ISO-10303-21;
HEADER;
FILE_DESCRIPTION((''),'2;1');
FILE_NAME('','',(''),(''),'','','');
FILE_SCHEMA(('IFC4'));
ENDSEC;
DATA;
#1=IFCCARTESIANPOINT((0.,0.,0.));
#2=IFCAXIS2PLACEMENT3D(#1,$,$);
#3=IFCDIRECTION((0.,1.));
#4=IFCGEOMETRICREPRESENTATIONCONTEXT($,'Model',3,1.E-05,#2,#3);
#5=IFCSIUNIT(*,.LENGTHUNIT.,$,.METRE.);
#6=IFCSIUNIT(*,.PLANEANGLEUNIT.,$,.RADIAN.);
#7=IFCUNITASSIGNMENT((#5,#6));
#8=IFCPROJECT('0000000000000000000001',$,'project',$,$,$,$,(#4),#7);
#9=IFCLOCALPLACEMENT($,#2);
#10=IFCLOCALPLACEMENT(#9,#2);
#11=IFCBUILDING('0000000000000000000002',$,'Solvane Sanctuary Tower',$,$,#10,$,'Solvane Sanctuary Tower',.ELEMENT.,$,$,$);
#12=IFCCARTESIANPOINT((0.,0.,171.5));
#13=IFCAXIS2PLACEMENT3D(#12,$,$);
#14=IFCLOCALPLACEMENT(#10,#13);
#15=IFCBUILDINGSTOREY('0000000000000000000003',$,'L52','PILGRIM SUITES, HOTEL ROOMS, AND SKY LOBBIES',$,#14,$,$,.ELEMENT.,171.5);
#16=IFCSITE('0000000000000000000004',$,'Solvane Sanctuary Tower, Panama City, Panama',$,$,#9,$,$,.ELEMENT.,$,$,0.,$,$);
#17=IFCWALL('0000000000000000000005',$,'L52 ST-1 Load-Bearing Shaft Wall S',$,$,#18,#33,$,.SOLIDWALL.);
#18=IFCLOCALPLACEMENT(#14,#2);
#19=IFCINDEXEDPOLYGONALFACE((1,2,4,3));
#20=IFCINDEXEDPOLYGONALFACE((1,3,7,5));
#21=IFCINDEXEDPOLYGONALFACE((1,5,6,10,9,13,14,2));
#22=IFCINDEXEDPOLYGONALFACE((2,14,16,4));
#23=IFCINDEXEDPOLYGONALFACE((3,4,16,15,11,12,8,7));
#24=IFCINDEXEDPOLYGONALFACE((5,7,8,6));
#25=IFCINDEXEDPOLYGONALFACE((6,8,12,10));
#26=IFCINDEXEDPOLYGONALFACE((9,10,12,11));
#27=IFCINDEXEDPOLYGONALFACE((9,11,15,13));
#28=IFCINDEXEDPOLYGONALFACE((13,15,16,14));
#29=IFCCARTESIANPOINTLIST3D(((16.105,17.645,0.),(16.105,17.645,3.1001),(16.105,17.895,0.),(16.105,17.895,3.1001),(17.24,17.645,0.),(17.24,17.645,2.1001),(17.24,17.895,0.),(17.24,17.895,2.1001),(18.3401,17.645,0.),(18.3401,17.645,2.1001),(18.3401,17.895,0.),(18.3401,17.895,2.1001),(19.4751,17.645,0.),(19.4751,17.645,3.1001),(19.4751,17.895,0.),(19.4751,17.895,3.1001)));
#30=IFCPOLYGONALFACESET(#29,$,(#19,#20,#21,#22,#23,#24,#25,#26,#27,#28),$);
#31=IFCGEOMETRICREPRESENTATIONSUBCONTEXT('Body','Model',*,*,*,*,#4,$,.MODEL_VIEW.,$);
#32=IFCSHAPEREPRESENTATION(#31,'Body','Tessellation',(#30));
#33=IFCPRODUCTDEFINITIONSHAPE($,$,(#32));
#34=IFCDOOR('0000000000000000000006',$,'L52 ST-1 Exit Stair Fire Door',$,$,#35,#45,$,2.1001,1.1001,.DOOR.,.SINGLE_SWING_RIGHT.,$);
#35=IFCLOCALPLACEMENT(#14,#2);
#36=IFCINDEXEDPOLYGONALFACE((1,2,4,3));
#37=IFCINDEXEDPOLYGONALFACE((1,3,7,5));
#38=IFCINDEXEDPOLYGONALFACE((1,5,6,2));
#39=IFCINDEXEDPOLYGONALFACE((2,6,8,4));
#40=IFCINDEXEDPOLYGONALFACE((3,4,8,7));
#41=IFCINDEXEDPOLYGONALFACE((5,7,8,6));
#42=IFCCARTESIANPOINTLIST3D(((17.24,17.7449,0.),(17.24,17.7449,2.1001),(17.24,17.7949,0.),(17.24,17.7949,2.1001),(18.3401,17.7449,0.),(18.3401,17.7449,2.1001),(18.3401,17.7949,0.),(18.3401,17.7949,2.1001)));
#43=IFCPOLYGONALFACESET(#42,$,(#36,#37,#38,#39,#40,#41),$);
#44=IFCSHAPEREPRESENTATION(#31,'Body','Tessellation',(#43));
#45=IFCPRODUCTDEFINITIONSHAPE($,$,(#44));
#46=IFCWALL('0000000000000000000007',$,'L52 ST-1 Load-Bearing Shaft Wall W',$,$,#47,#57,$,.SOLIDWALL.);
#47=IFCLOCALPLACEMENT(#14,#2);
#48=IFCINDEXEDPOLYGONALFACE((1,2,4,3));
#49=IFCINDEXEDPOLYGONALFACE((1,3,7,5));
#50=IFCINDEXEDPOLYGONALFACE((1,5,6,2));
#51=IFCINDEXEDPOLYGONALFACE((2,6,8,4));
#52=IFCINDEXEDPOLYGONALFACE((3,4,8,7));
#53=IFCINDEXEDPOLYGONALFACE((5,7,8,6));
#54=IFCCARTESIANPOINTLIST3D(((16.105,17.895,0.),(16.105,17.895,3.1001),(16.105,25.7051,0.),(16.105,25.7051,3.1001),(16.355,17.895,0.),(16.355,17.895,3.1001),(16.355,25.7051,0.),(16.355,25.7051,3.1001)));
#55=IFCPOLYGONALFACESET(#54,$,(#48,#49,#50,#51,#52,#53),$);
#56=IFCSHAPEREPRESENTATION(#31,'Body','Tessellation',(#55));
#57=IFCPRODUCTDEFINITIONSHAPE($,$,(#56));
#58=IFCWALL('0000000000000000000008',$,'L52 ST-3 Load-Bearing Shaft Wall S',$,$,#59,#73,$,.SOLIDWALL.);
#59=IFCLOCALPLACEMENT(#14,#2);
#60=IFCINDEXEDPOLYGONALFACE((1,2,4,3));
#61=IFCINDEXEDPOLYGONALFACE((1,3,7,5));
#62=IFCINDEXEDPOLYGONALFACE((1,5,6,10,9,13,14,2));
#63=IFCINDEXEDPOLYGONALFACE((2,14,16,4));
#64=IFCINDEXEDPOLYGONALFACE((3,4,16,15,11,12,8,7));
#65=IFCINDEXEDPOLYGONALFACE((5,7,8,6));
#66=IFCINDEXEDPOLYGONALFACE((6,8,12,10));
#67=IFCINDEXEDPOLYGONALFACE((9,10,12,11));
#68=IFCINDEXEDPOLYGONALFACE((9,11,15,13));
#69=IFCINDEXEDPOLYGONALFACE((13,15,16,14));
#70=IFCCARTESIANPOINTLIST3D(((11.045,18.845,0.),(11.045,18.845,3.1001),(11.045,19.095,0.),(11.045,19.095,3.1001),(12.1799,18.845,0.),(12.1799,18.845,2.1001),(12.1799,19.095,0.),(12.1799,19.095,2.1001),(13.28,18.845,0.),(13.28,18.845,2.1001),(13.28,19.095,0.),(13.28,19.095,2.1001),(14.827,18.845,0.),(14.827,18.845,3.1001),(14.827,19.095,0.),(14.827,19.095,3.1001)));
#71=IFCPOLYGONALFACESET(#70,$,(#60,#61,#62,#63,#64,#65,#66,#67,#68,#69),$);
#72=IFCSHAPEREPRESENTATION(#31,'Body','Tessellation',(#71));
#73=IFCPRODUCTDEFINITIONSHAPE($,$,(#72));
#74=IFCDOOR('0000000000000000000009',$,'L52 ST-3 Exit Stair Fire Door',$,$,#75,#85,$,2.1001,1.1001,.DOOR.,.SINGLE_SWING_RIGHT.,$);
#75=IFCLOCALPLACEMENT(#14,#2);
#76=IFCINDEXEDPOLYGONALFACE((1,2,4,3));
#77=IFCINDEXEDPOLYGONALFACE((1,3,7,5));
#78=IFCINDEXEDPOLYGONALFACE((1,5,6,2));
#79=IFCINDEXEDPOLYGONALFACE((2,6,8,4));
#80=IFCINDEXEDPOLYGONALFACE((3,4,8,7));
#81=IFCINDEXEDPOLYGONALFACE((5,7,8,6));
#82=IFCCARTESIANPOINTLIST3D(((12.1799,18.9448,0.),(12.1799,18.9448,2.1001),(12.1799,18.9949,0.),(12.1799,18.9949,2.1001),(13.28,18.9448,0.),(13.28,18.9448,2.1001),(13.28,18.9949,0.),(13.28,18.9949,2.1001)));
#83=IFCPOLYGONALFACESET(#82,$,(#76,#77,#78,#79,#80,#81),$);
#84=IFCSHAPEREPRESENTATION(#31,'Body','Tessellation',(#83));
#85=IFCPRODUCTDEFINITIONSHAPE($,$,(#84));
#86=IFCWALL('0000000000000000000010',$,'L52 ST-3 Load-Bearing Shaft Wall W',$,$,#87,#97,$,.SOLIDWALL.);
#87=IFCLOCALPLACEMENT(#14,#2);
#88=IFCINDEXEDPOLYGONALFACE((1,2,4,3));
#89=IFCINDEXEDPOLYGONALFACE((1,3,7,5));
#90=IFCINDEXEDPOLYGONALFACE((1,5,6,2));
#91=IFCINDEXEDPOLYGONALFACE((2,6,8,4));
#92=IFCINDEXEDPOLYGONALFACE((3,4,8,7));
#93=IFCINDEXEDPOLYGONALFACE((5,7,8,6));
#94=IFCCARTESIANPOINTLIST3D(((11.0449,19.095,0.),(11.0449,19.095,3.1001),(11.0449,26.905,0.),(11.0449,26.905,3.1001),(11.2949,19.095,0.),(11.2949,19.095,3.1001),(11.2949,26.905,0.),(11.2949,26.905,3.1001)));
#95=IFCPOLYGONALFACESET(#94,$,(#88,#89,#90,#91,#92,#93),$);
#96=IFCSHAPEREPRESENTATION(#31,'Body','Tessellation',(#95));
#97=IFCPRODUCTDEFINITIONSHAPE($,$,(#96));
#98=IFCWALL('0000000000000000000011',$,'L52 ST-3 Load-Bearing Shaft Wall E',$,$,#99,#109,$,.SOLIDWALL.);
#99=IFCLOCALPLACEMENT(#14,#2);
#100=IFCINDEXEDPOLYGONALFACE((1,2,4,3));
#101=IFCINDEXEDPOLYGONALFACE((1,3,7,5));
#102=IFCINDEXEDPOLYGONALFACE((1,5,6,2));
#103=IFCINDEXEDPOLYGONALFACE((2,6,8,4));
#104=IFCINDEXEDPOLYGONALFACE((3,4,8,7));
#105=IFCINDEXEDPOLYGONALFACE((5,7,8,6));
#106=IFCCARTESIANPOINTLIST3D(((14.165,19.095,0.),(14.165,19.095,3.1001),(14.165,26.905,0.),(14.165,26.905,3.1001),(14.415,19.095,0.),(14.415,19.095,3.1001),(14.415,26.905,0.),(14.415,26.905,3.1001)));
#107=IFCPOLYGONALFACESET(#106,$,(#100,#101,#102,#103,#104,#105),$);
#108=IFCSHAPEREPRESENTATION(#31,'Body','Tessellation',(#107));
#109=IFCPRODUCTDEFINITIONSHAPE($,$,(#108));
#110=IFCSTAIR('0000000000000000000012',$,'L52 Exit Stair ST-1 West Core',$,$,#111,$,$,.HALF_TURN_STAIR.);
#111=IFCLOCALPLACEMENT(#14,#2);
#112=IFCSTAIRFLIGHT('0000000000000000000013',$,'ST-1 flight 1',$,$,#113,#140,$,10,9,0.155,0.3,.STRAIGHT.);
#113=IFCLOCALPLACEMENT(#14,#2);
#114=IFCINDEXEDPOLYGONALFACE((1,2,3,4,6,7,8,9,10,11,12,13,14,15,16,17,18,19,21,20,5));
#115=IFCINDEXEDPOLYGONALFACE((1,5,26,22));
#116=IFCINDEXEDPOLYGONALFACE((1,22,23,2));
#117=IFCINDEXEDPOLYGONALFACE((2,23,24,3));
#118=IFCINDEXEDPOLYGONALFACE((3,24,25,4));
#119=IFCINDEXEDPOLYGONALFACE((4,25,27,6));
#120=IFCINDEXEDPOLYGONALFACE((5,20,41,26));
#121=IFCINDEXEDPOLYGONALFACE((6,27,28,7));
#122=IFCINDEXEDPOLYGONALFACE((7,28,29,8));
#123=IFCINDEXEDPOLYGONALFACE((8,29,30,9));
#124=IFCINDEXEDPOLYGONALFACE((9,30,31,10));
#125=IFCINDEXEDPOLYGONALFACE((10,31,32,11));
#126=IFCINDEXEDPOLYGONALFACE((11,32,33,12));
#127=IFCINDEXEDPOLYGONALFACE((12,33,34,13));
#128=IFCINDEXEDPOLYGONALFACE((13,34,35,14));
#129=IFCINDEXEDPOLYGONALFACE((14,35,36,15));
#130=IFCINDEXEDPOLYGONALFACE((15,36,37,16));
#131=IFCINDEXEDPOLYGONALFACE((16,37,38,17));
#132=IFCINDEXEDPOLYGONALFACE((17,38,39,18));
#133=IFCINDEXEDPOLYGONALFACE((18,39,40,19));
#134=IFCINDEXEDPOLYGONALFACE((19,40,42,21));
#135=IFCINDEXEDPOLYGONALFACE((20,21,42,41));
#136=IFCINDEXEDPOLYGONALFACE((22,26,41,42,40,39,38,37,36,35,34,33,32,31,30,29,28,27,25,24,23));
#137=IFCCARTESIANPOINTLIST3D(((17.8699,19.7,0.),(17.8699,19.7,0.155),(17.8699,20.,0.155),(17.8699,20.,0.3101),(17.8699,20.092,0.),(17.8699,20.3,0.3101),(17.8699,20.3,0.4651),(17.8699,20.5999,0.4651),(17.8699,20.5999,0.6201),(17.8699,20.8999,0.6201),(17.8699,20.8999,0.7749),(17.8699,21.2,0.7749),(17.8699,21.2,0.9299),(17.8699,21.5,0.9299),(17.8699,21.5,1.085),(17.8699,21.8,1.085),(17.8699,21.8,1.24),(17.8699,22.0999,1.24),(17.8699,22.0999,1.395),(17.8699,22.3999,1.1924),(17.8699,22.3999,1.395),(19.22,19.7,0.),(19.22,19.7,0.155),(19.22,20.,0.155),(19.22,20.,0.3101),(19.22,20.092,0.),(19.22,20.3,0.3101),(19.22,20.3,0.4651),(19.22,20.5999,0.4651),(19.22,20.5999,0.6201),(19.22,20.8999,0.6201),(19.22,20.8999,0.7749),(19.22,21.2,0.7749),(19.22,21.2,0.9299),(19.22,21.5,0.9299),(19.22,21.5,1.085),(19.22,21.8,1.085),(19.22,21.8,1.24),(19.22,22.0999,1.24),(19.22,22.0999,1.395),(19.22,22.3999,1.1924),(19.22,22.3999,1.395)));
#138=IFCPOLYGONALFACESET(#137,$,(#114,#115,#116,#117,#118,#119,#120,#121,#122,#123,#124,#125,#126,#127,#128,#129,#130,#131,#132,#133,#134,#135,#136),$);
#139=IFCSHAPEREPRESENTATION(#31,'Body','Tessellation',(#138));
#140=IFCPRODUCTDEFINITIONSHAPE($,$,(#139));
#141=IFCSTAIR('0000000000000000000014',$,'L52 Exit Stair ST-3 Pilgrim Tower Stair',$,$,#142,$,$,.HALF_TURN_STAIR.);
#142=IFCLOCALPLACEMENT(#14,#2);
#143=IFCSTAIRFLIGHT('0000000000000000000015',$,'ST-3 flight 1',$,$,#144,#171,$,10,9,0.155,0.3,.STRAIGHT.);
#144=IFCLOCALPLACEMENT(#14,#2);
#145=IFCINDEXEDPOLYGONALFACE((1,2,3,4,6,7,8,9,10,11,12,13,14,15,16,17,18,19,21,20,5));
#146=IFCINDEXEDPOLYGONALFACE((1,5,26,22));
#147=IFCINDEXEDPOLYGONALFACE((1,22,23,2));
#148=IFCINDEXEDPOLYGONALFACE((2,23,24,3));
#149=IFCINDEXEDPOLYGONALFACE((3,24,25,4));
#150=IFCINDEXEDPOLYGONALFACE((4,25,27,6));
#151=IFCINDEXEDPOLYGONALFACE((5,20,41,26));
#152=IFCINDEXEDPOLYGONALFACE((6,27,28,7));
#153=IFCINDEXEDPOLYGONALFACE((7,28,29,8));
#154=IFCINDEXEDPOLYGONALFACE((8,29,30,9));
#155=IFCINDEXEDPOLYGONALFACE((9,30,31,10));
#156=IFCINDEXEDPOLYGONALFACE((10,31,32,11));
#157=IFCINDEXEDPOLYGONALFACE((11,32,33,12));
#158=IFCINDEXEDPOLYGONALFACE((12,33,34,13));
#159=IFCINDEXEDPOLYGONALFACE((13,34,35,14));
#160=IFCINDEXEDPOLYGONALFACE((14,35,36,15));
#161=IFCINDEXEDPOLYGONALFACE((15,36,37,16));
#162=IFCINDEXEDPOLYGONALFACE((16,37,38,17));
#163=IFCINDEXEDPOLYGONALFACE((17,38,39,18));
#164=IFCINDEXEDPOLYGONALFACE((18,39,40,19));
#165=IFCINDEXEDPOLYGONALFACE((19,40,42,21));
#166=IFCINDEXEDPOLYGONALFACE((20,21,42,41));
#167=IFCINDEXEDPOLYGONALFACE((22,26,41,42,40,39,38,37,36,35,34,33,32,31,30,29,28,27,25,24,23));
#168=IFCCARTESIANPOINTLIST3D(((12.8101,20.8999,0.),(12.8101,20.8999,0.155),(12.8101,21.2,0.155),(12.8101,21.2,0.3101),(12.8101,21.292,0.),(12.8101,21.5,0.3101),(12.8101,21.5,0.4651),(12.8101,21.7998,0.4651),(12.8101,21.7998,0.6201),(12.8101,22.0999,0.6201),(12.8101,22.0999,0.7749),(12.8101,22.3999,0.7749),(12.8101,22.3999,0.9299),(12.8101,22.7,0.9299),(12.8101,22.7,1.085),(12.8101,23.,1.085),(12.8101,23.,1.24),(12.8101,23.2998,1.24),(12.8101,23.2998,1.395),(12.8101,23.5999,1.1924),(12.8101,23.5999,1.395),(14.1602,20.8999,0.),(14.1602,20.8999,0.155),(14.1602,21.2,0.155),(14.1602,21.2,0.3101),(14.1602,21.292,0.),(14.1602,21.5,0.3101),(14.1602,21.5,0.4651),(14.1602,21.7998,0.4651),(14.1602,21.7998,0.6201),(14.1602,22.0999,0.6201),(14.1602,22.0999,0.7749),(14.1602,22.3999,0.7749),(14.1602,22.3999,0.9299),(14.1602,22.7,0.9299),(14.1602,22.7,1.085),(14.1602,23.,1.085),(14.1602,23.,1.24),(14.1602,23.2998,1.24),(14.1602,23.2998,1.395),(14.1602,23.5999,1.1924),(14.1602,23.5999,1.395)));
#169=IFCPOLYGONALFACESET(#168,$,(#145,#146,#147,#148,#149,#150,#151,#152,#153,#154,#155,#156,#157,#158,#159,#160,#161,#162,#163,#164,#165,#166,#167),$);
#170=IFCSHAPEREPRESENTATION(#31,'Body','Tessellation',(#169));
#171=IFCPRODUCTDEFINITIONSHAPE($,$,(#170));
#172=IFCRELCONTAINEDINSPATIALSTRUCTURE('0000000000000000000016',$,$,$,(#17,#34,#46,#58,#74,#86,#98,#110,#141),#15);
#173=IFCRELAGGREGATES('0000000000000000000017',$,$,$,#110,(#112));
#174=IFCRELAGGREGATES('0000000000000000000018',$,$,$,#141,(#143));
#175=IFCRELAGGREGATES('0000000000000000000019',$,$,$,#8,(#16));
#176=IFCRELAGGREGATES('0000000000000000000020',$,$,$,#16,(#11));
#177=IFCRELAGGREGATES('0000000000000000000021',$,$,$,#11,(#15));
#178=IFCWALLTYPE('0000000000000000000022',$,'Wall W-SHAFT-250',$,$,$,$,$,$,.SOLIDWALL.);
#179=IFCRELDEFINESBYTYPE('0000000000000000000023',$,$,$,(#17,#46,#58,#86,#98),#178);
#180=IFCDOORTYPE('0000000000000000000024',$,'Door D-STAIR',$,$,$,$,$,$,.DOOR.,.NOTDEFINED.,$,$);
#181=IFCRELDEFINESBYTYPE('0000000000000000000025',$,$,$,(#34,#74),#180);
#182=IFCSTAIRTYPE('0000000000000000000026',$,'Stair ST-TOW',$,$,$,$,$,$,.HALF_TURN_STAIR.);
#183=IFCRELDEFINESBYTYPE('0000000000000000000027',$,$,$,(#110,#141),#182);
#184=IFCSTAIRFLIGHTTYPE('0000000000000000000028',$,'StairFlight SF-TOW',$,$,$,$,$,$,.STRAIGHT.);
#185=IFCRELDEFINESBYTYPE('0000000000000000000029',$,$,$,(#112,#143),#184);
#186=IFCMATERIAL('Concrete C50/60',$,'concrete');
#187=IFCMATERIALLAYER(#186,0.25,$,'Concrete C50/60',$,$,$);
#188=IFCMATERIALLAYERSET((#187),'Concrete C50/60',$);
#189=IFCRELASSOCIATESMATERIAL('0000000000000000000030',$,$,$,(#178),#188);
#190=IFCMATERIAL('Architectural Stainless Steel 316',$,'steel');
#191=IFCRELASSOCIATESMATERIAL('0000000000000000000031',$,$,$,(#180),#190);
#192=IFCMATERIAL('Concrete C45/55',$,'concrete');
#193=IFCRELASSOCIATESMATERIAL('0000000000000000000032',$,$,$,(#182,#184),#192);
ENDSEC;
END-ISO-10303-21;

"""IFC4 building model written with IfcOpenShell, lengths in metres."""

from ifc_helpers import new_model, si_unit, direction, frame, frame_2d, origin, place, context, subcontext, project, spatial, polyline, rectangle, outline, extrude, material, layer, layer_set, type_object, element, fill, aggregate, save


model = new_model("IFC4")

# Units and contexts
model_context = context("Model", 3, precision=1e-05, world=origin(), true_north=direction((0.0, 1.0)))
body_context = subcontext(model_context, "Body", "Model", "MODEL_VIEW")
ifc_project = project(units=[si_unit("LENGTHUNIT", "METRE"), si_unit("PLANEANGLEUNIT", "RADIAN")], contexts=[model_context])

# Site, building, storey
site_placement = place(None, origin())
site = spatial("IfcSite", under=ifc_project, at=site_placement, Name="Solvane Sanctuary Tower, Panama City, Panama", CompositionType="ELEMENT", RefElevation=0.0)
building_placement = place(site_placement, origin())
building = spatial("IfcBuilding", under=site, at=building_placement, Name="Solvane Sanctuary Tower", LongName="Solvane Sanctuary Tower", CompositionType="ELEMENT")
storey_placement = place(building_placement, frame((0.0, 0.0, 171.5)))
storey = spatial("IfcBuildingStorey", under=building, at=storey_placement, Name="L52", Description="PILGRIM SUITES, HOTEL ROOMS, AND SKY LOBBIES", CompositionType="ELEMENT", Elevation=171.5)

# Shared definitions
ifc_material_1 = material(Name="Architectural Stainless Steel 316", Category="steel")

# Wall, opening, door
ifc_material_2 = material(Name="Concrete C50/60", Category="concrete")
ifc_layer_1 = layer(ifc_material_2, 0.25, Name="Concrete C50/60")
ifc_layer_set_1 = layer_set([ifc_layer_1], Name="Concrete C50/60")
wall_type_1 = type_object("IfcWallType", Name="Wall W-SHAFT-250", PredefinedType="SOLIDWALL", material=ifc_layer_set_1)
wall_1_placement = place(storey_placement, frame((16.105, 17.77, 0.0), z_axis=(0.0, 0.0, 1.0), x_axis=(1.0, 0.0, 0.0)))
wall_1 = element("IfcWall", 1, at=wall_1_placement, inside=storey, type_object=wall_type_1, Name="L52 ST-1 Load-Bearing Shaft Wall S", PredefinedType="SOLIDWALL", context=body_context, shape_type="SweptSolid", body=[
    extrude(rectangle(XDim=3.3701, YDim=0.25, at=frame_2d((1.6851, 0.0))), origin(), (0.0, 0.0, 1.0), 3.1001),
])
opening_1_placement = place(wall_1_placement, frame((1.135, 0.0, 0.0)))
opening_1 = element("IfcOpeningElement", 2, at=opening_1_placement, cuts=wall_1, PredefinedType="OPENING", context=body_context, shape_type="SweptSolid", body=[
    extrude(rectangle(XDim=1.1001, YDim=2.1001, at=frame_2d((0.55, 1.05))), frame((0.0, 0.135, 0.0), z_axis=(0.0, -1.0, 0.0), x_axis=(1.0, 0.0, 0.0)), (0.0, 0.0, 1.0), 0.27),
])
door_type_1 = type_object("IfcDoorType", Name="Door D-STAIR", OperationType="NOTDEFINED", PredefinedType="DOOR", material=ifc_material_1)
door_1_placement = place(opening_1_placement, origin())
door_1 = element("IfcDoor", 3, at=door_1_placement, inside=storey, type_object=door_type_1, Name="L52 ST-1 Exit Stair Fire Door", OperationType="SINGLE_SWING_RIGHT", OverallHeight=2.1001, OverallWidth=1.1001, PredefinedType="DOOR", context=body_context, shape_type="SweptSolid", body=[
    extrude(rectangle(XDim=1.1001, YDim=2.1001, at=frame_2d((0.55, 1.05))), frame((0.0, 0.0249, 0.0), z_axis=(0.0, -1.0, 0.0), x_axis=(1.0, 0.0, 0.0)), (0.0, 0.0, 1.0), 0.05),
])
fill(opening_1, door_1)

# Wall
wall_2_placement = place(storey_placement, frame((16.23, 17.895, 0.0), z_axis=(0.0, 0.0, 1.0), x_axis=(0.0, 1.0, 0.0)))
element("IfcWall", 4, at=wall_2_placement, inside=storey, type_object=wall_type_1, Name="L52 ST-1 Load-Bearing Shaft Wall W", PredefinedType="SOLIDWALL", context=body_context, shape_type="SweptSolid", body=[
    extrude(rectangle(XDim=7.8101, YDim=0.25, at=frame_2d((3.905, 0.0))), origin(), (0.0, 0.0, 1.0), 3.1001),
])

# Wall, opening, door
wall_3_placement = place(storey_placement, frame((11.0449, 18.97, 0.0), z_axis=(0.0, 0.0, 1.0), x_axis=(1.0, 0.0, 0.0)))
wall_3 = element("IfcWall", 5, at=wall_3_placement, inside=storey, type_object=wall_type_1, Name="L52 ST-3 Load-Bearing Shaft Wall S", PredefinedType="SOLIDWALL", context=body_context, shape_type="SweptSolid", body=[
    extrude(rectangle(XDim=3.782, YDim=0.25, at=frame_2d((1.8911, 0.0))), origin(), (0.0, 0.0, 1.0), 3.1001),
])
opening_2_placement = place(wall_3_placement, frame((1.135, 0.0, 0.0)))
opening_2 = element("IfcOpeningElement", 6, at=opening_2_placement, cuts=wall_3, PredefinedType="OPENING", context=body_context, shape_type="SweptSolid", body=[
    extrude(rectangle(XDim=1.1001, YDim=2.1001, at=frame_2d((0.55, 1.05))), frame((0.0, 0.135, 0.0), z_axis=(0.0, -1.0, 0.0), x_axis=(1.0, 0.0, 0.0)), (0.0, 0.0, 1.0), 0.27),
])
door_2_placement = place(opening_2_placement, origin())
door_2 = element("IfcDoor", 7, at=door_2_placement, inside=storey, type_object=door_type_1, Name="L52 ST-3 Exit Stair Fire Door", OperationType="SINGLE_SWING_RIGHT", OverallHeight=2.1001, OverallWidth=1.1001, PredefinedType="DOOR", context=body_context, shape_type="SweptSolid", body=[
    extrude(rectangle(XDim=1.1001, YDim=2.1001, at=frame_2d((0.55, 1.05))), frame((0.0, 0.0249, 0.0), z_axis=(0.0, -1.0, 0.0), x_axis=(1.0, 0.0, 0.0)), (0.0, 0.0, 1.0), 0.05),
])
fill(opening_2, door_2)

# Walls
for number, where, z_axis, x_axis, name in (
    (8, (11.1699, 19.095, 0.0), (0.0, 0.0, 1.0), (0.0, 1.0, 0.0), "L52 ST-3 Load-Bearing Shaft Wall W"),
    (9, (14.29, 19.095, 0.0), (0.0, 0.0, 1.0), (0.0, 1.0, 0.0), "L52 ST-3 Load-Bearing Shaft Wall E"),
):
    element("IfcWall", number, at=place(storey_placement, frame(where, z_axis=z_axis, x_axis=x_axis)), inside=storey, type_object=wall_type_1, Name=name, PredefinedType="SOLIDWALL", context=body_context, shape_type="SweptSolid", body=[
        extrude(rectangle(XDim=7.8101, YDim=0.25, at=frame_2d((3.905, 0.0))), origin(), (0.0, 0.0, 1.0), 3.1001),
    ])

# Stairs, stair flights
ifc_material_3 = material(Name="Concrete C45/55", Category="concrete")
stair_type = type_object("IfcStairType", Name="Stair ST-TOW", PredefinedType="HALF_TURN_STAIR", material=ifc_material_3)
stair_1_placement = place(storey_placement, origin())
stair_1 = element("IfcStair", 10, at=stair_1_placement, inside=storey, type_object=stair_type, Name="L52 Exit Stair ST-1 West Core", PredefinedType="HALF_TURN_STAIR")
stair_flight_type = type_object("IfcStairFlightType", Name="StairFlight SF-TOW", PredefinedType="STRAIGHT", material=ifc_material_3)
stair_flight_1_placement = place(storey_placement, frame((18.5449, 19.7, 0.0), z_axis=(0.0, 0.0, 1.0), x_axis=(0.0, 1.0, 0.0)))
stair_flight_1 = element("IfcStairFlight", 11, at=stair_flight_1_placement, type_object=stair_flight_type, Name="ST-1 flight 1", NumberOfRisers=10, NumberOfTreads=9, PredefinedType="STRAIGHT", RiserHeight=0.155, TreadLength=0.3, context=body_context, shape_type="SweptSolid", body=[
    extrude(outline(polyline([(0.0, 0.0), (0.0, 0.155), (0.3, 0.155), (0.3, 0.3101), (0.6001, 0.3101), (0.6001, 0.4651), (0.8999, 0.4651), (0.8999, 0.6201), (1.2, 0.6201), (1.2, 0.7749), (1.5, 0.7749), (1.5, 0.9299), (1.8, 0.9299), (1.8, 1.085), (2.1001, 1.085), (2.1001, 1.24), (2.3999, 1.24), (2.3999, 1.395), (2.7, 1.395), (2.7, 1.55), (2.7, 1.1924), (0.3921, 0.0), (0.0, 0.0)])), frame((0.0, 0.675, 0.0), z_axis=(0.0, -1.0, 0.0), x_axis=(1.0, 0.0, 0.0)), (0.0, 0.0, 1.0), 1.3501),
])
aggregate(stair_1, [stair_flight_1])
stair_2_placement = place(storey_placement, origin())
stair_2 = element("IfcStair", 12, at=stair_2_placement, inside=storey, type_object=stair_type, Name="L52 Exit Stair ST-3 Pilgrim Tower Stair", PredefinedType="HALF_TURN_STAIR")
stair_flight_2_placement = place(storey_placement, frame((13.4851, 20.8999, 0.0), z_axis=(0.0, 0.0, 1.0), x_axis=(0.0, 1.0, 0.0)))
stair_flight_2 = element("IfcStairFlight", 13, at=stair_flight_2_placement, type_object=stair_flight_type, Name="ST-3 flight 1", NumberOfRisers=10, NumberOfTreads=9, PredefinedType="STRAIGHT", RiserHeight=0.155, TreadLength=0.3, context=body_context, shape_type="SweptSolid", body=[
    extrude(outline(polyline([(0.0, 0.0), (0.0, 0.155), (0.3, 0.155), (0.3, 0.3101), (0.6001, 0.3101), (0.6001, 0.4651), (0.8999, 0.4651), (0.8999, 0.6201), (1.2, 0.6201), (1.2, 0.7749), (1.5, 0.7749), (1.5, 0.9299), (1.8, 0.9299), (1.8, 1.085), (2.1001, 1.085), (2.1001, 1.24), (2.3999, 1.24), (2.3999, 1.395), (2.7, 1.395), (2.7, 1.55), (2.7, 1.1924), (0.3921, 0.0), (0.0, 0.0)])), frame((0.0, 0.675, 0.0), z_axis=(0.0, -1.0, 0.0), x_axis=(1.0, 0.0, 0.0)), (0.0, 0.0, 1.0), 1.3501),
])
aggregate(stair_2, [stair_flight_2])

save(model, "model.ifc")
